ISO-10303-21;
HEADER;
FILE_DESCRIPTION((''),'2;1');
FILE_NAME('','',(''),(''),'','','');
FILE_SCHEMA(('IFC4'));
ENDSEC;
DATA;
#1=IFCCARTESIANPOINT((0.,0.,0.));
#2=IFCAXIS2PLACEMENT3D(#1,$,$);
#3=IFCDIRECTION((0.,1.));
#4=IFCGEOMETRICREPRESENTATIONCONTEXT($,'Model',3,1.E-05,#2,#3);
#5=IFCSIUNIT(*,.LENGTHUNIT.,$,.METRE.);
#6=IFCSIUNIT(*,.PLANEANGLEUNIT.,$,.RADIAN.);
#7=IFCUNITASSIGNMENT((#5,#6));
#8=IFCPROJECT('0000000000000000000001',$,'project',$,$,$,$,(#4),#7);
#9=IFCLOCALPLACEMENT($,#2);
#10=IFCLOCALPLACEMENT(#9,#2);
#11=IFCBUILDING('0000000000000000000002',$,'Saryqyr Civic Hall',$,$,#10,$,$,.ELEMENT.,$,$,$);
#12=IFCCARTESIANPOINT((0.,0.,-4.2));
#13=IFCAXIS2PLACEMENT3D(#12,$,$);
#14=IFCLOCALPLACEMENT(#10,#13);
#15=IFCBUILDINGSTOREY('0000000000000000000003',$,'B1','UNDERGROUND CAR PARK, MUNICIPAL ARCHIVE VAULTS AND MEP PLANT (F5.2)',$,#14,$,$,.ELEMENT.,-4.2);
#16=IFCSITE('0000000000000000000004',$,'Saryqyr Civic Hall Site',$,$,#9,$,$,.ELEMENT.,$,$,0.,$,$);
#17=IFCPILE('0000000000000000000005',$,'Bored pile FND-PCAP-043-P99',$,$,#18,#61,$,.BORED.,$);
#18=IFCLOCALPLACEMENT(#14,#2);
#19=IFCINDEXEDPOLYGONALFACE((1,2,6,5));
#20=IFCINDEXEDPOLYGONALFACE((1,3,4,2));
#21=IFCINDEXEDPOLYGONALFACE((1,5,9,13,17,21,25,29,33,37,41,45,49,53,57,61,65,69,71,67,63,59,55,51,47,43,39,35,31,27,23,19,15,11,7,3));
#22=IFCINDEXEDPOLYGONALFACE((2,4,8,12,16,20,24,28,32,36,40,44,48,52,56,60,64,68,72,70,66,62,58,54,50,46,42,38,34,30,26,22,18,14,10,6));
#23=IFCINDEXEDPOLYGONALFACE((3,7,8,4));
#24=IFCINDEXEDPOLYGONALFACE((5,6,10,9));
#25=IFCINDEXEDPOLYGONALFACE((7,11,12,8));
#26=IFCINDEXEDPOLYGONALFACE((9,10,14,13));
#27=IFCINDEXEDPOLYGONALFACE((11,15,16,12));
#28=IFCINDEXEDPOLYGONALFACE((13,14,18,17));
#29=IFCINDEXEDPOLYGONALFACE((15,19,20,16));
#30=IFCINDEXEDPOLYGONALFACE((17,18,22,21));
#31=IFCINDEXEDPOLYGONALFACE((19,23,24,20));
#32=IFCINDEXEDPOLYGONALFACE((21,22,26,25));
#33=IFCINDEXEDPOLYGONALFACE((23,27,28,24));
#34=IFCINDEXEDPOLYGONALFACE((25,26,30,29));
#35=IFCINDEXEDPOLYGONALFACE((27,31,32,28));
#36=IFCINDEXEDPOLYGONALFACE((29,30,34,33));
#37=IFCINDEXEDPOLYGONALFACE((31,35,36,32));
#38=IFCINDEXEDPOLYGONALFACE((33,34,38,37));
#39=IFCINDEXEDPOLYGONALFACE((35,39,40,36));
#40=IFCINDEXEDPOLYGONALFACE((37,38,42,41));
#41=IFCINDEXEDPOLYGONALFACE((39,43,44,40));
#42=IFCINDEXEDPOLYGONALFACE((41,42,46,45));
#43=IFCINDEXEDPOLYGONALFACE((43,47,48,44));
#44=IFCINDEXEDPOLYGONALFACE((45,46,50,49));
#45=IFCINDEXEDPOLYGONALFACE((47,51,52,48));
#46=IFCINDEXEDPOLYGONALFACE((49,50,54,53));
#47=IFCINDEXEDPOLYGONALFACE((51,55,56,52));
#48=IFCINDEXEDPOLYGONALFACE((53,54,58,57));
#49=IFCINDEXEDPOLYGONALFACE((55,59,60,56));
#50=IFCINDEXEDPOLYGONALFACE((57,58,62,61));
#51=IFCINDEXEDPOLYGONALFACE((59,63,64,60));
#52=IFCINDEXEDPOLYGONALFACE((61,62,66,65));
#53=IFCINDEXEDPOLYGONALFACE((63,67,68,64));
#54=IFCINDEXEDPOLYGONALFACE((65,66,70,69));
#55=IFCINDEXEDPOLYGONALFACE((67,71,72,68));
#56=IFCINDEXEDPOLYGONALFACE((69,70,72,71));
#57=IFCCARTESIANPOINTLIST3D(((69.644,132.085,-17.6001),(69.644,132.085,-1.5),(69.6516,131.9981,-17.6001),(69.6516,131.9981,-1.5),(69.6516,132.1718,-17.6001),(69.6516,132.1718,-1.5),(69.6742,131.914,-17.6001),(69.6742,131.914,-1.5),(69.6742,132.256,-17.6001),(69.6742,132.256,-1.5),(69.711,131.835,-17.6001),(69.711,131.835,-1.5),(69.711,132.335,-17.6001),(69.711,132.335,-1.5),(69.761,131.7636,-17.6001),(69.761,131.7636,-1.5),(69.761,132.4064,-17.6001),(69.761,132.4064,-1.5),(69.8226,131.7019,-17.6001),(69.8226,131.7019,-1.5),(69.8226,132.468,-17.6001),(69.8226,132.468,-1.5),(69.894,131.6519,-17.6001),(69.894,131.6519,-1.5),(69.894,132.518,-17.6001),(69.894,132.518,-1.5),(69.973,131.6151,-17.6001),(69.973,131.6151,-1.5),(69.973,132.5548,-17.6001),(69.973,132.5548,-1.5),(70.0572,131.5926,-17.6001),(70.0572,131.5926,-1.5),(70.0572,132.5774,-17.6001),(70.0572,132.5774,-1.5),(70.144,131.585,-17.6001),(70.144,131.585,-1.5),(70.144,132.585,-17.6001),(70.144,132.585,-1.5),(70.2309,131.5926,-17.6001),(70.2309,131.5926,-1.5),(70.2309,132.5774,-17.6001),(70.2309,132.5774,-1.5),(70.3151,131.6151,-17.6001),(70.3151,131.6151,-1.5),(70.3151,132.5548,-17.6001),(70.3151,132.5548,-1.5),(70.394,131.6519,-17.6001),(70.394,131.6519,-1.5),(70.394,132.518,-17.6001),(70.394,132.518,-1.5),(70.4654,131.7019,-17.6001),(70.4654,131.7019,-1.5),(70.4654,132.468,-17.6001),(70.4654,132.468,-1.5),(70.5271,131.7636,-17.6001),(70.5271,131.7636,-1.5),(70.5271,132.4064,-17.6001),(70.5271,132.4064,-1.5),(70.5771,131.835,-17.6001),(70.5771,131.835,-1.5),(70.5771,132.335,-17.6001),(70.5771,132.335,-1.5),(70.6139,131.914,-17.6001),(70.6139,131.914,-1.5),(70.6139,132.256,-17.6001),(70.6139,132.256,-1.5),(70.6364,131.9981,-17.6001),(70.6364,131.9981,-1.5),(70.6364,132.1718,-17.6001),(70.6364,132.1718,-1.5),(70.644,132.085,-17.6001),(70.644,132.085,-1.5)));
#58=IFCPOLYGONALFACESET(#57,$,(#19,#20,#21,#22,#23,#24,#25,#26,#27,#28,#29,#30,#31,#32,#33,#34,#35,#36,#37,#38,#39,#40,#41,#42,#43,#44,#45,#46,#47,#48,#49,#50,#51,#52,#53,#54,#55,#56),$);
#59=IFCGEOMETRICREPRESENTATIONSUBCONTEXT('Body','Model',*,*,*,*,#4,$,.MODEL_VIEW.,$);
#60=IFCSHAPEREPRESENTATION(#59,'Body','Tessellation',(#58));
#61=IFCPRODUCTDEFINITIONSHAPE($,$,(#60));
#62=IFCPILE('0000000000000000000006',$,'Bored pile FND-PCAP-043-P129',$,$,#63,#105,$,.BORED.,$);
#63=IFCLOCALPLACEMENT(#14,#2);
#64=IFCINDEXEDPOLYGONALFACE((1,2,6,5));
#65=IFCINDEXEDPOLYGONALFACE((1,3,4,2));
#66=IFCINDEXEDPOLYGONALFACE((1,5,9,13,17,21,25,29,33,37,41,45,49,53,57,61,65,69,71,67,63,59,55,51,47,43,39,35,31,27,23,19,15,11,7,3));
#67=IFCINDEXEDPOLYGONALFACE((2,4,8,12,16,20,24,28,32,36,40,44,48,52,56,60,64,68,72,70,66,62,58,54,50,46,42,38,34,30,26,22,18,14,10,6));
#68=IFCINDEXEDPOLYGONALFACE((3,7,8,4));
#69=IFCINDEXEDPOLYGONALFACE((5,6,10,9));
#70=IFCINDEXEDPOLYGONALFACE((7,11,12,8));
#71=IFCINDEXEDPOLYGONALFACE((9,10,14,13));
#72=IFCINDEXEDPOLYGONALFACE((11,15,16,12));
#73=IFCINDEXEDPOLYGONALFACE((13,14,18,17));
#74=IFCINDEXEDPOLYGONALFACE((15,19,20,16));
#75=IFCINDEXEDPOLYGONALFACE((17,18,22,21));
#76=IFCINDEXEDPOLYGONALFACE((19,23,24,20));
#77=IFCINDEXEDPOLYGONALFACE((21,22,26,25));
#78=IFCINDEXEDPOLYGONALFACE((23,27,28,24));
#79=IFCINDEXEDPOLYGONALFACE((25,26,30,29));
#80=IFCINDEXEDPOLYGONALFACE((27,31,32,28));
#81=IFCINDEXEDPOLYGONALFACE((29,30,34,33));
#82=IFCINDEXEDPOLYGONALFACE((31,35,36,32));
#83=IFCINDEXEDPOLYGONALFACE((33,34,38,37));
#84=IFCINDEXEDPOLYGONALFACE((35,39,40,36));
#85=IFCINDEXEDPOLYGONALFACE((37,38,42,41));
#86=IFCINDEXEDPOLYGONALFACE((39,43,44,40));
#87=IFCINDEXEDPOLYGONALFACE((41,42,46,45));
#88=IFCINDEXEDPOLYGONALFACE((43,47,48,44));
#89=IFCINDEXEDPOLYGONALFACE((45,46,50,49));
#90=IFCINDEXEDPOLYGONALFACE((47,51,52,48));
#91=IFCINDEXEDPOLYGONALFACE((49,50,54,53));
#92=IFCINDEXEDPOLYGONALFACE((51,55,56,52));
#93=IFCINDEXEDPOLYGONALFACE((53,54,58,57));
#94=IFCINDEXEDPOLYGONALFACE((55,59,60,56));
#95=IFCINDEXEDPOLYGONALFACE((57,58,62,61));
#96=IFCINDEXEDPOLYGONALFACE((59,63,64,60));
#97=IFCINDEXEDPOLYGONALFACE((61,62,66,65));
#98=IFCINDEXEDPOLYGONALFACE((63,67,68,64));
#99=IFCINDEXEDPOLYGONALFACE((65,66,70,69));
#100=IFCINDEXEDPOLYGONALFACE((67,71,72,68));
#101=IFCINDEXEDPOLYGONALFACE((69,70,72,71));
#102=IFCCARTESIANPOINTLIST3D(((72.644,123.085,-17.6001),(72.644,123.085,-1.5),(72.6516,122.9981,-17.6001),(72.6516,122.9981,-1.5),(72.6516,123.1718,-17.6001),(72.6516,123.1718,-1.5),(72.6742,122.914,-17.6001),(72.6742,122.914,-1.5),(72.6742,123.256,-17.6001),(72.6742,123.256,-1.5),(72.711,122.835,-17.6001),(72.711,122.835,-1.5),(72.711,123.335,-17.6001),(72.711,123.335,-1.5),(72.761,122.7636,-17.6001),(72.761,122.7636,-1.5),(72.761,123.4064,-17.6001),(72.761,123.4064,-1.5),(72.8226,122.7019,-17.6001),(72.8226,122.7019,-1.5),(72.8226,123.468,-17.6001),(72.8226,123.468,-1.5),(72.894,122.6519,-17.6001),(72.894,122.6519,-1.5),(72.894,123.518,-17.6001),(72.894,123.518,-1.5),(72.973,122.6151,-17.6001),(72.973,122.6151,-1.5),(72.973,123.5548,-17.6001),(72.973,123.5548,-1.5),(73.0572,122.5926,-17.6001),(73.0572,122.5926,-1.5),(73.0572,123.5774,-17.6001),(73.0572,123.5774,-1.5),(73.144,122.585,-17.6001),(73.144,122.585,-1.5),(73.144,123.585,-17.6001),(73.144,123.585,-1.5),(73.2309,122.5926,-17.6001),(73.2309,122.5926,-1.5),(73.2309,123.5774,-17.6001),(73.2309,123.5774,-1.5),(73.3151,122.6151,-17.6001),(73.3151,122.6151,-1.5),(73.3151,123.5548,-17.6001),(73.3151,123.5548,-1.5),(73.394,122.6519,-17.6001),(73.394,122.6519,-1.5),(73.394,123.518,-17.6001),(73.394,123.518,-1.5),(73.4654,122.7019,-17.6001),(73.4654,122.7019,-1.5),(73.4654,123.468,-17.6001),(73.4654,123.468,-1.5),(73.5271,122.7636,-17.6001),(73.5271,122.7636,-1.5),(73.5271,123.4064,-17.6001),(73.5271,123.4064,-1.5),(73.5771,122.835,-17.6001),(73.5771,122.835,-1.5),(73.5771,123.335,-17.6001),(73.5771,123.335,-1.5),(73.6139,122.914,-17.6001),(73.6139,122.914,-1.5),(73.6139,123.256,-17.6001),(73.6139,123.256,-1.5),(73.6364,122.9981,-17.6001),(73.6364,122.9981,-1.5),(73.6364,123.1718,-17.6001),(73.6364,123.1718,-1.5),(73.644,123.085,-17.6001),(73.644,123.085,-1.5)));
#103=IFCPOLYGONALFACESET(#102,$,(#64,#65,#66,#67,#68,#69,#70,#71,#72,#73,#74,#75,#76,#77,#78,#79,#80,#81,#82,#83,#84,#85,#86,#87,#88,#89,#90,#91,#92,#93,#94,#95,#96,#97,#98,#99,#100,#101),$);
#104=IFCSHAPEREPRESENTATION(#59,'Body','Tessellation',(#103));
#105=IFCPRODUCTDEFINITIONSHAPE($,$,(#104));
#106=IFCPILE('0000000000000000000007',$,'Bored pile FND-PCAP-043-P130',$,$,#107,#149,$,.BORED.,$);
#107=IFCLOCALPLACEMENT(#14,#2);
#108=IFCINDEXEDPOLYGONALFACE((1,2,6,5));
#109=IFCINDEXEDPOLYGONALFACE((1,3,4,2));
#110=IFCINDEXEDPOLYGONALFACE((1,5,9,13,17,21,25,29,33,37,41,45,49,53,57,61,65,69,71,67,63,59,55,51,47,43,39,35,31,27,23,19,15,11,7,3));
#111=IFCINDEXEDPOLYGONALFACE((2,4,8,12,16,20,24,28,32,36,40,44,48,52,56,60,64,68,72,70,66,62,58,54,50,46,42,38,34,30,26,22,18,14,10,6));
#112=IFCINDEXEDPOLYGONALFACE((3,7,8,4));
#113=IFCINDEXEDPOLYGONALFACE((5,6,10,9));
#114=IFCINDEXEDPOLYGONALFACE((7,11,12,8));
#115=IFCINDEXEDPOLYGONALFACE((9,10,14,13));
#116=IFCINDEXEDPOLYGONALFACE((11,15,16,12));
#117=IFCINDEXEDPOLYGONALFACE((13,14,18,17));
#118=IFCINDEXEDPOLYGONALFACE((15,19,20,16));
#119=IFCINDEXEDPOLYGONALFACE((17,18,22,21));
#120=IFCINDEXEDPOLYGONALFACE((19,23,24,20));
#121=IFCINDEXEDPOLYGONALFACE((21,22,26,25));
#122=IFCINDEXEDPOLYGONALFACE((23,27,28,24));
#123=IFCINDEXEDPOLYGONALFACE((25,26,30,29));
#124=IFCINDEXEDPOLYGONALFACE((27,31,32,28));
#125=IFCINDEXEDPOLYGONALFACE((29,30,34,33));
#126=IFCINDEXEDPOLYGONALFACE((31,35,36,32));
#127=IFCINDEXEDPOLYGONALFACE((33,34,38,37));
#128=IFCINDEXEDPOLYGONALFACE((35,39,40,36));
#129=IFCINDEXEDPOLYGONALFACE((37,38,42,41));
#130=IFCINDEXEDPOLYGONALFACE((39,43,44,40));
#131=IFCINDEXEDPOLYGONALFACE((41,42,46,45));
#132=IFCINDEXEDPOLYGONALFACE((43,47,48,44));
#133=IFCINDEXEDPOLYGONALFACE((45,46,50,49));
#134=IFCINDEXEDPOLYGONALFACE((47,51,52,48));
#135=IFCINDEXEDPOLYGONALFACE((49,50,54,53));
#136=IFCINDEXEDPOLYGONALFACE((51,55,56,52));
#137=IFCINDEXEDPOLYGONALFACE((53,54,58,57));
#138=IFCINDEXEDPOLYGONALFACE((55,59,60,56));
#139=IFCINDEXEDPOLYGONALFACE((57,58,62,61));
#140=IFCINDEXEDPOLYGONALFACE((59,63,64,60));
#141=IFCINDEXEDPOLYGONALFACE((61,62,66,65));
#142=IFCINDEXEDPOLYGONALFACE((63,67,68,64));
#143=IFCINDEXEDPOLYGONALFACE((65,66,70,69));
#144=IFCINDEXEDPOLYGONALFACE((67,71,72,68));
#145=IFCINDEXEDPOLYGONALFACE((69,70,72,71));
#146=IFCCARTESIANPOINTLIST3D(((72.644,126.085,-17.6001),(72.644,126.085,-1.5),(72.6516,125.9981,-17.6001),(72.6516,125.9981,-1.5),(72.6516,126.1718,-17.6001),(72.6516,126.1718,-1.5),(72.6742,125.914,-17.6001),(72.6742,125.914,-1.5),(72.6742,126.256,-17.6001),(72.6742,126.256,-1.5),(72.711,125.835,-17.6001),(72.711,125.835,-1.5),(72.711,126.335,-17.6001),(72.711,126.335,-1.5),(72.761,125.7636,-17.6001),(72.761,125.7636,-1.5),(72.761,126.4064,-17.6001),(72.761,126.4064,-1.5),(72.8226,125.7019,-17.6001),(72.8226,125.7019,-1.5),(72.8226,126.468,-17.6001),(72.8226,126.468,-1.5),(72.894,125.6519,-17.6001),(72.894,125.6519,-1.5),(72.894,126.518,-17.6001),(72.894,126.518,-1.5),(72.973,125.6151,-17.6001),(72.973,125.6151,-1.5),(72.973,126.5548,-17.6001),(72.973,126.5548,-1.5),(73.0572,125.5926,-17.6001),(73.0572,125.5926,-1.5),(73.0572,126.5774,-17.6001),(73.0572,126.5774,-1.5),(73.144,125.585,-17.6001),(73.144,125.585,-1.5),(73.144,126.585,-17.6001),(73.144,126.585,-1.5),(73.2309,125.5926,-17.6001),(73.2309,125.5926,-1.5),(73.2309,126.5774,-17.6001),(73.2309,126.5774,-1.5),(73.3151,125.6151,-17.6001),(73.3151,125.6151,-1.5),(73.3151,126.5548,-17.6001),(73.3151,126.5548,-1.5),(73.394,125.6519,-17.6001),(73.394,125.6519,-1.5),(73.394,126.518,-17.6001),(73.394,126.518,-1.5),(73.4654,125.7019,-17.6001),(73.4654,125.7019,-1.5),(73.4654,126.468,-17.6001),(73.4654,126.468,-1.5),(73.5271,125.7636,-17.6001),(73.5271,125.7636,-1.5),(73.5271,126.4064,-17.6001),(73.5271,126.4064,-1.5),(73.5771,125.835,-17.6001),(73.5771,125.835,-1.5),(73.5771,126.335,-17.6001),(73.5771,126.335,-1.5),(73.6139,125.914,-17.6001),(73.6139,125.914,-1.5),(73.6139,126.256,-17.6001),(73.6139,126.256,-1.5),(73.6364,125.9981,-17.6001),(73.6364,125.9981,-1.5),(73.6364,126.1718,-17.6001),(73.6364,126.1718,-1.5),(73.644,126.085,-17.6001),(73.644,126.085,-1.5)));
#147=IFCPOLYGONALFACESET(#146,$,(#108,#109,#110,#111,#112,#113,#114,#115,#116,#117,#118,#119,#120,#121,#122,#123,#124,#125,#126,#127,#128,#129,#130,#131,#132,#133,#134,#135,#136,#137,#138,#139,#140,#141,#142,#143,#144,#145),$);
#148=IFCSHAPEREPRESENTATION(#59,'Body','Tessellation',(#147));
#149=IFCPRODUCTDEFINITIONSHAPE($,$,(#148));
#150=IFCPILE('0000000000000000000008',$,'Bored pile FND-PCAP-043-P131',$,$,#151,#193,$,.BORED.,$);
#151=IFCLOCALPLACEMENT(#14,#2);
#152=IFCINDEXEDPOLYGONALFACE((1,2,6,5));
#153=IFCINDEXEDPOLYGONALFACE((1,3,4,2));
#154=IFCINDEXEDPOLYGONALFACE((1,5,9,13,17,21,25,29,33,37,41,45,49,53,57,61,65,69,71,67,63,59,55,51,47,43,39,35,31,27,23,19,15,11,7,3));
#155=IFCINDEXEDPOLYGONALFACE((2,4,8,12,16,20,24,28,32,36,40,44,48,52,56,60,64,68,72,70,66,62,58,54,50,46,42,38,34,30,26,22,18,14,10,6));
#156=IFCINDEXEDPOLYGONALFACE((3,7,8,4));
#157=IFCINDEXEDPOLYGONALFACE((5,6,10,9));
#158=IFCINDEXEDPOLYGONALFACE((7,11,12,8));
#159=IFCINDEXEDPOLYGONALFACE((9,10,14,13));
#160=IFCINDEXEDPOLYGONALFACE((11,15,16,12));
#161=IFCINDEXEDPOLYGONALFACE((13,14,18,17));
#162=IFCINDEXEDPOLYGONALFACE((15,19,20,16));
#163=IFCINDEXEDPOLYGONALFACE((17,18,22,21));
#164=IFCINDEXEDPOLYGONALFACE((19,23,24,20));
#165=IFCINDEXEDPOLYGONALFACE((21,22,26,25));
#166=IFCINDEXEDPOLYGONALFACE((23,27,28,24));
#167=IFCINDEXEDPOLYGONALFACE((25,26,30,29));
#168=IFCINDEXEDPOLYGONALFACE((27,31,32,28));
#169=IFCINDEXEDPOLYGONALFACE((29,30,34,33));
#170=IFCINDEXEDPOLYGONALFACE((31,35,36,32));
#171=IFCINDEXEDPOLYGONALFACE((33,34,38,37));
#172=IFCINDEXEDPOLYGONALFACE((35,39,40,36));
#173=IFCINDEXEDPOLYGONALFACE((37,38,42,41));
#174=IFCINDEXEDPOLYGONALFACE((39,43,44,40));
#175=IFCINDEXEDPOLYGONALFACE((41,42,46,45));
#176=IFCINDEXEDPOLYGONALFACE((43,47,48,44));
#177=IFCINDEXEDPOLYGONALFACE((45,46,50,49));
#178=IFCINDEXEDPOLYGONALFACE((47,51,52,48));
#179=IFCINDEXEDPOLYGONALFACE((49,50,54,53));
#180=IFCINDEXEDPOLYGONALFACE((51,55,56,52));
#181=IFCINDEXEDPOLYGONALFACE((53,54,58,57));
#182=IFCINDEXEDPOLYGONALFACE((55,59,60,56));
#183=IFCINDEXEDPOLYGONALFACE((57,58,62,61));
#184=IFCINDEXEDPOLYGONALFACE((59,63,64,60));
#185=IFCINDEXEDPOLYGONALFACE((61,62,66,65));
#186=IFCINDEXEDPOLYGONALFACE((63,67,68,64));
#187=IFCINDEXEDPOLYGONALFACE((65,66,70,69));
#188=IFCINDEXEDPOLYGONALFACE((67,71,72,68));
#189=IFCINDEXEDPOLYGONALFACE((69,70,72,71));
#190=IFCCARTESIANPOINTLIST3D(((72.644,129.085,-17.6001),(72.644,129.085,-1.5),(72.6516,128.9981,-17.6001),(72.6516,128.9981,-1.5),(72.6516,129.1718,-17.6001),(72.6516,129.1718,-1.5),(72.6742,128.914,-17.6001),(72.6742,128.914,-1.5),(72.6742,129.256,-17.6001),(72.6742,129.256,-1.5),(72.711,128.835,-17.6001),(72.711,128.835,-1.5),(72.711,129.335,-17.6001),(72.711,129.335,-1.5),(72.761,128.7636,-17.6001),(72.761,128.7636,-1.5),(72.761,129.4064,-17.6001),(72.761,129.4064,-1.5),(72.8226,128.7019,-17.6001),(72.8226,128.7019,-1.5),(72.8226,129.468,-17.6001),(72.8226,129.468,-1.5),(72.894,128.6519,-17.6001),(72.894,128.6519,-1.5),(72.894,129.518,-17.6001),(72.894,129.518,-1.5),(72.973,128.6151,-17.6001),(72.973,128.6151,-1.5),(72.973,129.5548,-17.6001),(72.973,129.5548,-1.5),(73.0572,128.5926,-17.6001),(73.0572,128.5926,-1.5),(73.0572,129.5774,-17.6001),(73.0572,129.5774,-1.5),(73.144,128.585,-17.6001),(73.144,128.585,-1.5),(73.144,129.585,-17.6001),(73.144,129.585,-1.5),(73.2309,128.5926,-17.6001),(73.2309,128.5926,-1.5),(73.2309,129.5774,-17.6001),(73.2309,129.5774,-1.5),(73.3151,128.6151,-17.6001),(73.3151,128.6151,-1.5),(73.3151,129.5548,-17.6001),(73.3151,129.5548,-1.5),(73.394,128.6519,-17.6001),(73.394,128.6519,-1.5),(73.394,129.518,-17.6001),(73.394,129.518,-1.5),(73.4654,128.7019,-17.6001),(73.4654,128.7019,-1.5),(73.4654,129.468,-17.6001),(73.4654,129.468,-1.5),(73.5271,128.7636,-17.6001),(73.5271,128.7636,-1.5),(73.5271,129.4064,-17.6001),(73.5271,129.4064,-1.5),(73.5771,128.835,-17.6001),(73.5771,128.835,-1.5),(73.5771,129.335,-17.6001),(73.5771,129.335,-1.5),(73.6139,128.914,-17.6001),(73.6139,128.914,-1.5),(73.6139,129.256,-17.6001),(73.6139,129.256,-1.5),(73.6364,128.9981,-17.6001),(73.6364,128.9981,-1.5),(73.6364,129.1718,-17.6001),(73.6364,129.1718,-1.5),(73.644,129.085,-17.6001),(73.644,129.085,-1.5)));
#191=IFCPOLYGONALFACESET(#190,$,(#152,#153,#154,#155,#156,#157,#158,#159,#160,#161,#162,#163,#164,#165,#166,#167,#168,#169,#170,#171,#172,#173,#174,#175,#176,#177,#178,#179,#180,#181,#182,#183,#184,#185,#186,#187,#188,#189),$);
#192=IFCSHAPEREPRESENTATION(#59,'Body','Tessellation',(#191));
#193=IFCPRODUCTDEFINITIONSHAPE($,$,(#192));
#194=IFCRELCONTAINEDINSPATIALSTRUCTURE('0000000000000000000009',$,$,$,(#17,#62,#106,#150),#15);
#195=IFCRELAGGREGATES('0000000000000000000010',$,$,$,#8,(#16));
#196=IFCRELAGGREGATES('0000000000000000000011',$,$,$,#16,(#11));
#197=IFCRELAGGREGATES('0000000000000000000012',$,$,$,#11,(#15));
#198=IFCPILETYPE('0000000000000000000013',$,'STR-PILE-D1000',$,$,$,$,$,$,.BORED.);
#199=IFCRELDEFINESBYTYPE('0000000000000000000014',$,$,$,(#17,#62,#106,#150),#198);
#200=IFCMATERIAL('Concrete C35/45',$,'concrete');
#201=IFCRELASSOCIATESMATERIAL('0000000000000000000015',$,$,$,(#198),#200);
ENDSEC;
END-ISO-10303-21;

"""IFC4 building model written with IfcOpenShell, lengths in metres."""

from ifc_helpers import new_model, si_unit, direction, frame, origin, origin_2d, place, context, subcontext, project, spatial, circle, extrude, material, material_profile, profile_set, type_object, element, save


model = new_model("IFC4")

# Units and contexts
model_context = context("Model", 3, precision=1e-05, world=origin(), true_north=direction((0.0, 1.0)))
body_context = subcontext(model_context, "Body", "Model", "MODEL_VIEW")
ifc_project = project(units=[si_unit("LENGTHUNIT", "METRE"), si_unit("PLANEANGLEUNIT", "RADIAN")], contexts=[model_context])

# Site, building, storey
site_placement = place(None, origin())
site = spatial("IfcSite", under=ifc_project, at=site_placement, Name="Saryqyr Civic Hall Site", CompositionType="ELEMENT", RefElevation=0.0)
building_placement = place(site_placement, origin())
building = spatial("IfcBuilding", under=site, at=building_placement, Name="Saryqyr Civic Hall", CompositionType="ELEMENT")
storey_placement = place(building_placement, frame((0.0, 0.0, -4.2)))
storey = spatial("IfcBuildingStorey", under=building, at=storey_placement, Name="B1", Description="UNDERGROUND CAR PARK, MUNICIPAL ARCHIVE VAULTS AND MEP PLANT (F5.2)", CompositionType="ELEMENT", Elevation=-4.2)

# Shared definitions
ifc_material_1 = material(Name="Concrete C35/45", Category="concrete")

# Piles
ifc_material_profile_1 = material_profile(ifc_material_1, circle(Radius=0.5, at=origin_2d()), Name="BORED PILE D1000")
ifc_profile_set_1 = profile_set([ifc_material_profile_1], Name="Concrete C35/45")
pile_type = type_object("IfcPileType", Name="STR-PILE-D1000", PredefinedType="BORED", material=ifc_profile_set_1)
for number, where, z_axis, x_axis, name in (
    (1, (70.144, 132.085, -1.5), (0.0, 0.0, -1.0), (1.0, 0.0, 0.0), "Bored pile FND-PCAP-043-P99"),
    (2, (73.144, 123.085, -1.5), (0.0, 0.0, -1.0), (1.0, 0.0, 0.0), "Bored pile FND-PCAP-043-P129"),
    (3, (73.144, 126.085, -1.5), (0.0, 0.0, -1.0), (1.0, 0.0, 0.0), "Bored pile FND-PCAP-043-P130"),
    (4, (73.144, 129.085, -1.5), (0.0, 0.0, -1.0), (1.0, 0.0, 0.0), "Bored pile FND-PCAP-043-P131"),
):
    element("IfcPile", number, at=place(storey_placement, frame(where, z_axis=z_axis, x_axis=x_axis)), inside=storey, type_object=pile_type, Name=name, PredefinedType="BORED", context=body_context, shape_type="SweptSolid", body=[
        extrude(circle(Radius=0.5, at=origin_2d()), origin(), (0.0, 0.0, 1.0), 16.1001),
    ])

save(model, "model.ifc")
